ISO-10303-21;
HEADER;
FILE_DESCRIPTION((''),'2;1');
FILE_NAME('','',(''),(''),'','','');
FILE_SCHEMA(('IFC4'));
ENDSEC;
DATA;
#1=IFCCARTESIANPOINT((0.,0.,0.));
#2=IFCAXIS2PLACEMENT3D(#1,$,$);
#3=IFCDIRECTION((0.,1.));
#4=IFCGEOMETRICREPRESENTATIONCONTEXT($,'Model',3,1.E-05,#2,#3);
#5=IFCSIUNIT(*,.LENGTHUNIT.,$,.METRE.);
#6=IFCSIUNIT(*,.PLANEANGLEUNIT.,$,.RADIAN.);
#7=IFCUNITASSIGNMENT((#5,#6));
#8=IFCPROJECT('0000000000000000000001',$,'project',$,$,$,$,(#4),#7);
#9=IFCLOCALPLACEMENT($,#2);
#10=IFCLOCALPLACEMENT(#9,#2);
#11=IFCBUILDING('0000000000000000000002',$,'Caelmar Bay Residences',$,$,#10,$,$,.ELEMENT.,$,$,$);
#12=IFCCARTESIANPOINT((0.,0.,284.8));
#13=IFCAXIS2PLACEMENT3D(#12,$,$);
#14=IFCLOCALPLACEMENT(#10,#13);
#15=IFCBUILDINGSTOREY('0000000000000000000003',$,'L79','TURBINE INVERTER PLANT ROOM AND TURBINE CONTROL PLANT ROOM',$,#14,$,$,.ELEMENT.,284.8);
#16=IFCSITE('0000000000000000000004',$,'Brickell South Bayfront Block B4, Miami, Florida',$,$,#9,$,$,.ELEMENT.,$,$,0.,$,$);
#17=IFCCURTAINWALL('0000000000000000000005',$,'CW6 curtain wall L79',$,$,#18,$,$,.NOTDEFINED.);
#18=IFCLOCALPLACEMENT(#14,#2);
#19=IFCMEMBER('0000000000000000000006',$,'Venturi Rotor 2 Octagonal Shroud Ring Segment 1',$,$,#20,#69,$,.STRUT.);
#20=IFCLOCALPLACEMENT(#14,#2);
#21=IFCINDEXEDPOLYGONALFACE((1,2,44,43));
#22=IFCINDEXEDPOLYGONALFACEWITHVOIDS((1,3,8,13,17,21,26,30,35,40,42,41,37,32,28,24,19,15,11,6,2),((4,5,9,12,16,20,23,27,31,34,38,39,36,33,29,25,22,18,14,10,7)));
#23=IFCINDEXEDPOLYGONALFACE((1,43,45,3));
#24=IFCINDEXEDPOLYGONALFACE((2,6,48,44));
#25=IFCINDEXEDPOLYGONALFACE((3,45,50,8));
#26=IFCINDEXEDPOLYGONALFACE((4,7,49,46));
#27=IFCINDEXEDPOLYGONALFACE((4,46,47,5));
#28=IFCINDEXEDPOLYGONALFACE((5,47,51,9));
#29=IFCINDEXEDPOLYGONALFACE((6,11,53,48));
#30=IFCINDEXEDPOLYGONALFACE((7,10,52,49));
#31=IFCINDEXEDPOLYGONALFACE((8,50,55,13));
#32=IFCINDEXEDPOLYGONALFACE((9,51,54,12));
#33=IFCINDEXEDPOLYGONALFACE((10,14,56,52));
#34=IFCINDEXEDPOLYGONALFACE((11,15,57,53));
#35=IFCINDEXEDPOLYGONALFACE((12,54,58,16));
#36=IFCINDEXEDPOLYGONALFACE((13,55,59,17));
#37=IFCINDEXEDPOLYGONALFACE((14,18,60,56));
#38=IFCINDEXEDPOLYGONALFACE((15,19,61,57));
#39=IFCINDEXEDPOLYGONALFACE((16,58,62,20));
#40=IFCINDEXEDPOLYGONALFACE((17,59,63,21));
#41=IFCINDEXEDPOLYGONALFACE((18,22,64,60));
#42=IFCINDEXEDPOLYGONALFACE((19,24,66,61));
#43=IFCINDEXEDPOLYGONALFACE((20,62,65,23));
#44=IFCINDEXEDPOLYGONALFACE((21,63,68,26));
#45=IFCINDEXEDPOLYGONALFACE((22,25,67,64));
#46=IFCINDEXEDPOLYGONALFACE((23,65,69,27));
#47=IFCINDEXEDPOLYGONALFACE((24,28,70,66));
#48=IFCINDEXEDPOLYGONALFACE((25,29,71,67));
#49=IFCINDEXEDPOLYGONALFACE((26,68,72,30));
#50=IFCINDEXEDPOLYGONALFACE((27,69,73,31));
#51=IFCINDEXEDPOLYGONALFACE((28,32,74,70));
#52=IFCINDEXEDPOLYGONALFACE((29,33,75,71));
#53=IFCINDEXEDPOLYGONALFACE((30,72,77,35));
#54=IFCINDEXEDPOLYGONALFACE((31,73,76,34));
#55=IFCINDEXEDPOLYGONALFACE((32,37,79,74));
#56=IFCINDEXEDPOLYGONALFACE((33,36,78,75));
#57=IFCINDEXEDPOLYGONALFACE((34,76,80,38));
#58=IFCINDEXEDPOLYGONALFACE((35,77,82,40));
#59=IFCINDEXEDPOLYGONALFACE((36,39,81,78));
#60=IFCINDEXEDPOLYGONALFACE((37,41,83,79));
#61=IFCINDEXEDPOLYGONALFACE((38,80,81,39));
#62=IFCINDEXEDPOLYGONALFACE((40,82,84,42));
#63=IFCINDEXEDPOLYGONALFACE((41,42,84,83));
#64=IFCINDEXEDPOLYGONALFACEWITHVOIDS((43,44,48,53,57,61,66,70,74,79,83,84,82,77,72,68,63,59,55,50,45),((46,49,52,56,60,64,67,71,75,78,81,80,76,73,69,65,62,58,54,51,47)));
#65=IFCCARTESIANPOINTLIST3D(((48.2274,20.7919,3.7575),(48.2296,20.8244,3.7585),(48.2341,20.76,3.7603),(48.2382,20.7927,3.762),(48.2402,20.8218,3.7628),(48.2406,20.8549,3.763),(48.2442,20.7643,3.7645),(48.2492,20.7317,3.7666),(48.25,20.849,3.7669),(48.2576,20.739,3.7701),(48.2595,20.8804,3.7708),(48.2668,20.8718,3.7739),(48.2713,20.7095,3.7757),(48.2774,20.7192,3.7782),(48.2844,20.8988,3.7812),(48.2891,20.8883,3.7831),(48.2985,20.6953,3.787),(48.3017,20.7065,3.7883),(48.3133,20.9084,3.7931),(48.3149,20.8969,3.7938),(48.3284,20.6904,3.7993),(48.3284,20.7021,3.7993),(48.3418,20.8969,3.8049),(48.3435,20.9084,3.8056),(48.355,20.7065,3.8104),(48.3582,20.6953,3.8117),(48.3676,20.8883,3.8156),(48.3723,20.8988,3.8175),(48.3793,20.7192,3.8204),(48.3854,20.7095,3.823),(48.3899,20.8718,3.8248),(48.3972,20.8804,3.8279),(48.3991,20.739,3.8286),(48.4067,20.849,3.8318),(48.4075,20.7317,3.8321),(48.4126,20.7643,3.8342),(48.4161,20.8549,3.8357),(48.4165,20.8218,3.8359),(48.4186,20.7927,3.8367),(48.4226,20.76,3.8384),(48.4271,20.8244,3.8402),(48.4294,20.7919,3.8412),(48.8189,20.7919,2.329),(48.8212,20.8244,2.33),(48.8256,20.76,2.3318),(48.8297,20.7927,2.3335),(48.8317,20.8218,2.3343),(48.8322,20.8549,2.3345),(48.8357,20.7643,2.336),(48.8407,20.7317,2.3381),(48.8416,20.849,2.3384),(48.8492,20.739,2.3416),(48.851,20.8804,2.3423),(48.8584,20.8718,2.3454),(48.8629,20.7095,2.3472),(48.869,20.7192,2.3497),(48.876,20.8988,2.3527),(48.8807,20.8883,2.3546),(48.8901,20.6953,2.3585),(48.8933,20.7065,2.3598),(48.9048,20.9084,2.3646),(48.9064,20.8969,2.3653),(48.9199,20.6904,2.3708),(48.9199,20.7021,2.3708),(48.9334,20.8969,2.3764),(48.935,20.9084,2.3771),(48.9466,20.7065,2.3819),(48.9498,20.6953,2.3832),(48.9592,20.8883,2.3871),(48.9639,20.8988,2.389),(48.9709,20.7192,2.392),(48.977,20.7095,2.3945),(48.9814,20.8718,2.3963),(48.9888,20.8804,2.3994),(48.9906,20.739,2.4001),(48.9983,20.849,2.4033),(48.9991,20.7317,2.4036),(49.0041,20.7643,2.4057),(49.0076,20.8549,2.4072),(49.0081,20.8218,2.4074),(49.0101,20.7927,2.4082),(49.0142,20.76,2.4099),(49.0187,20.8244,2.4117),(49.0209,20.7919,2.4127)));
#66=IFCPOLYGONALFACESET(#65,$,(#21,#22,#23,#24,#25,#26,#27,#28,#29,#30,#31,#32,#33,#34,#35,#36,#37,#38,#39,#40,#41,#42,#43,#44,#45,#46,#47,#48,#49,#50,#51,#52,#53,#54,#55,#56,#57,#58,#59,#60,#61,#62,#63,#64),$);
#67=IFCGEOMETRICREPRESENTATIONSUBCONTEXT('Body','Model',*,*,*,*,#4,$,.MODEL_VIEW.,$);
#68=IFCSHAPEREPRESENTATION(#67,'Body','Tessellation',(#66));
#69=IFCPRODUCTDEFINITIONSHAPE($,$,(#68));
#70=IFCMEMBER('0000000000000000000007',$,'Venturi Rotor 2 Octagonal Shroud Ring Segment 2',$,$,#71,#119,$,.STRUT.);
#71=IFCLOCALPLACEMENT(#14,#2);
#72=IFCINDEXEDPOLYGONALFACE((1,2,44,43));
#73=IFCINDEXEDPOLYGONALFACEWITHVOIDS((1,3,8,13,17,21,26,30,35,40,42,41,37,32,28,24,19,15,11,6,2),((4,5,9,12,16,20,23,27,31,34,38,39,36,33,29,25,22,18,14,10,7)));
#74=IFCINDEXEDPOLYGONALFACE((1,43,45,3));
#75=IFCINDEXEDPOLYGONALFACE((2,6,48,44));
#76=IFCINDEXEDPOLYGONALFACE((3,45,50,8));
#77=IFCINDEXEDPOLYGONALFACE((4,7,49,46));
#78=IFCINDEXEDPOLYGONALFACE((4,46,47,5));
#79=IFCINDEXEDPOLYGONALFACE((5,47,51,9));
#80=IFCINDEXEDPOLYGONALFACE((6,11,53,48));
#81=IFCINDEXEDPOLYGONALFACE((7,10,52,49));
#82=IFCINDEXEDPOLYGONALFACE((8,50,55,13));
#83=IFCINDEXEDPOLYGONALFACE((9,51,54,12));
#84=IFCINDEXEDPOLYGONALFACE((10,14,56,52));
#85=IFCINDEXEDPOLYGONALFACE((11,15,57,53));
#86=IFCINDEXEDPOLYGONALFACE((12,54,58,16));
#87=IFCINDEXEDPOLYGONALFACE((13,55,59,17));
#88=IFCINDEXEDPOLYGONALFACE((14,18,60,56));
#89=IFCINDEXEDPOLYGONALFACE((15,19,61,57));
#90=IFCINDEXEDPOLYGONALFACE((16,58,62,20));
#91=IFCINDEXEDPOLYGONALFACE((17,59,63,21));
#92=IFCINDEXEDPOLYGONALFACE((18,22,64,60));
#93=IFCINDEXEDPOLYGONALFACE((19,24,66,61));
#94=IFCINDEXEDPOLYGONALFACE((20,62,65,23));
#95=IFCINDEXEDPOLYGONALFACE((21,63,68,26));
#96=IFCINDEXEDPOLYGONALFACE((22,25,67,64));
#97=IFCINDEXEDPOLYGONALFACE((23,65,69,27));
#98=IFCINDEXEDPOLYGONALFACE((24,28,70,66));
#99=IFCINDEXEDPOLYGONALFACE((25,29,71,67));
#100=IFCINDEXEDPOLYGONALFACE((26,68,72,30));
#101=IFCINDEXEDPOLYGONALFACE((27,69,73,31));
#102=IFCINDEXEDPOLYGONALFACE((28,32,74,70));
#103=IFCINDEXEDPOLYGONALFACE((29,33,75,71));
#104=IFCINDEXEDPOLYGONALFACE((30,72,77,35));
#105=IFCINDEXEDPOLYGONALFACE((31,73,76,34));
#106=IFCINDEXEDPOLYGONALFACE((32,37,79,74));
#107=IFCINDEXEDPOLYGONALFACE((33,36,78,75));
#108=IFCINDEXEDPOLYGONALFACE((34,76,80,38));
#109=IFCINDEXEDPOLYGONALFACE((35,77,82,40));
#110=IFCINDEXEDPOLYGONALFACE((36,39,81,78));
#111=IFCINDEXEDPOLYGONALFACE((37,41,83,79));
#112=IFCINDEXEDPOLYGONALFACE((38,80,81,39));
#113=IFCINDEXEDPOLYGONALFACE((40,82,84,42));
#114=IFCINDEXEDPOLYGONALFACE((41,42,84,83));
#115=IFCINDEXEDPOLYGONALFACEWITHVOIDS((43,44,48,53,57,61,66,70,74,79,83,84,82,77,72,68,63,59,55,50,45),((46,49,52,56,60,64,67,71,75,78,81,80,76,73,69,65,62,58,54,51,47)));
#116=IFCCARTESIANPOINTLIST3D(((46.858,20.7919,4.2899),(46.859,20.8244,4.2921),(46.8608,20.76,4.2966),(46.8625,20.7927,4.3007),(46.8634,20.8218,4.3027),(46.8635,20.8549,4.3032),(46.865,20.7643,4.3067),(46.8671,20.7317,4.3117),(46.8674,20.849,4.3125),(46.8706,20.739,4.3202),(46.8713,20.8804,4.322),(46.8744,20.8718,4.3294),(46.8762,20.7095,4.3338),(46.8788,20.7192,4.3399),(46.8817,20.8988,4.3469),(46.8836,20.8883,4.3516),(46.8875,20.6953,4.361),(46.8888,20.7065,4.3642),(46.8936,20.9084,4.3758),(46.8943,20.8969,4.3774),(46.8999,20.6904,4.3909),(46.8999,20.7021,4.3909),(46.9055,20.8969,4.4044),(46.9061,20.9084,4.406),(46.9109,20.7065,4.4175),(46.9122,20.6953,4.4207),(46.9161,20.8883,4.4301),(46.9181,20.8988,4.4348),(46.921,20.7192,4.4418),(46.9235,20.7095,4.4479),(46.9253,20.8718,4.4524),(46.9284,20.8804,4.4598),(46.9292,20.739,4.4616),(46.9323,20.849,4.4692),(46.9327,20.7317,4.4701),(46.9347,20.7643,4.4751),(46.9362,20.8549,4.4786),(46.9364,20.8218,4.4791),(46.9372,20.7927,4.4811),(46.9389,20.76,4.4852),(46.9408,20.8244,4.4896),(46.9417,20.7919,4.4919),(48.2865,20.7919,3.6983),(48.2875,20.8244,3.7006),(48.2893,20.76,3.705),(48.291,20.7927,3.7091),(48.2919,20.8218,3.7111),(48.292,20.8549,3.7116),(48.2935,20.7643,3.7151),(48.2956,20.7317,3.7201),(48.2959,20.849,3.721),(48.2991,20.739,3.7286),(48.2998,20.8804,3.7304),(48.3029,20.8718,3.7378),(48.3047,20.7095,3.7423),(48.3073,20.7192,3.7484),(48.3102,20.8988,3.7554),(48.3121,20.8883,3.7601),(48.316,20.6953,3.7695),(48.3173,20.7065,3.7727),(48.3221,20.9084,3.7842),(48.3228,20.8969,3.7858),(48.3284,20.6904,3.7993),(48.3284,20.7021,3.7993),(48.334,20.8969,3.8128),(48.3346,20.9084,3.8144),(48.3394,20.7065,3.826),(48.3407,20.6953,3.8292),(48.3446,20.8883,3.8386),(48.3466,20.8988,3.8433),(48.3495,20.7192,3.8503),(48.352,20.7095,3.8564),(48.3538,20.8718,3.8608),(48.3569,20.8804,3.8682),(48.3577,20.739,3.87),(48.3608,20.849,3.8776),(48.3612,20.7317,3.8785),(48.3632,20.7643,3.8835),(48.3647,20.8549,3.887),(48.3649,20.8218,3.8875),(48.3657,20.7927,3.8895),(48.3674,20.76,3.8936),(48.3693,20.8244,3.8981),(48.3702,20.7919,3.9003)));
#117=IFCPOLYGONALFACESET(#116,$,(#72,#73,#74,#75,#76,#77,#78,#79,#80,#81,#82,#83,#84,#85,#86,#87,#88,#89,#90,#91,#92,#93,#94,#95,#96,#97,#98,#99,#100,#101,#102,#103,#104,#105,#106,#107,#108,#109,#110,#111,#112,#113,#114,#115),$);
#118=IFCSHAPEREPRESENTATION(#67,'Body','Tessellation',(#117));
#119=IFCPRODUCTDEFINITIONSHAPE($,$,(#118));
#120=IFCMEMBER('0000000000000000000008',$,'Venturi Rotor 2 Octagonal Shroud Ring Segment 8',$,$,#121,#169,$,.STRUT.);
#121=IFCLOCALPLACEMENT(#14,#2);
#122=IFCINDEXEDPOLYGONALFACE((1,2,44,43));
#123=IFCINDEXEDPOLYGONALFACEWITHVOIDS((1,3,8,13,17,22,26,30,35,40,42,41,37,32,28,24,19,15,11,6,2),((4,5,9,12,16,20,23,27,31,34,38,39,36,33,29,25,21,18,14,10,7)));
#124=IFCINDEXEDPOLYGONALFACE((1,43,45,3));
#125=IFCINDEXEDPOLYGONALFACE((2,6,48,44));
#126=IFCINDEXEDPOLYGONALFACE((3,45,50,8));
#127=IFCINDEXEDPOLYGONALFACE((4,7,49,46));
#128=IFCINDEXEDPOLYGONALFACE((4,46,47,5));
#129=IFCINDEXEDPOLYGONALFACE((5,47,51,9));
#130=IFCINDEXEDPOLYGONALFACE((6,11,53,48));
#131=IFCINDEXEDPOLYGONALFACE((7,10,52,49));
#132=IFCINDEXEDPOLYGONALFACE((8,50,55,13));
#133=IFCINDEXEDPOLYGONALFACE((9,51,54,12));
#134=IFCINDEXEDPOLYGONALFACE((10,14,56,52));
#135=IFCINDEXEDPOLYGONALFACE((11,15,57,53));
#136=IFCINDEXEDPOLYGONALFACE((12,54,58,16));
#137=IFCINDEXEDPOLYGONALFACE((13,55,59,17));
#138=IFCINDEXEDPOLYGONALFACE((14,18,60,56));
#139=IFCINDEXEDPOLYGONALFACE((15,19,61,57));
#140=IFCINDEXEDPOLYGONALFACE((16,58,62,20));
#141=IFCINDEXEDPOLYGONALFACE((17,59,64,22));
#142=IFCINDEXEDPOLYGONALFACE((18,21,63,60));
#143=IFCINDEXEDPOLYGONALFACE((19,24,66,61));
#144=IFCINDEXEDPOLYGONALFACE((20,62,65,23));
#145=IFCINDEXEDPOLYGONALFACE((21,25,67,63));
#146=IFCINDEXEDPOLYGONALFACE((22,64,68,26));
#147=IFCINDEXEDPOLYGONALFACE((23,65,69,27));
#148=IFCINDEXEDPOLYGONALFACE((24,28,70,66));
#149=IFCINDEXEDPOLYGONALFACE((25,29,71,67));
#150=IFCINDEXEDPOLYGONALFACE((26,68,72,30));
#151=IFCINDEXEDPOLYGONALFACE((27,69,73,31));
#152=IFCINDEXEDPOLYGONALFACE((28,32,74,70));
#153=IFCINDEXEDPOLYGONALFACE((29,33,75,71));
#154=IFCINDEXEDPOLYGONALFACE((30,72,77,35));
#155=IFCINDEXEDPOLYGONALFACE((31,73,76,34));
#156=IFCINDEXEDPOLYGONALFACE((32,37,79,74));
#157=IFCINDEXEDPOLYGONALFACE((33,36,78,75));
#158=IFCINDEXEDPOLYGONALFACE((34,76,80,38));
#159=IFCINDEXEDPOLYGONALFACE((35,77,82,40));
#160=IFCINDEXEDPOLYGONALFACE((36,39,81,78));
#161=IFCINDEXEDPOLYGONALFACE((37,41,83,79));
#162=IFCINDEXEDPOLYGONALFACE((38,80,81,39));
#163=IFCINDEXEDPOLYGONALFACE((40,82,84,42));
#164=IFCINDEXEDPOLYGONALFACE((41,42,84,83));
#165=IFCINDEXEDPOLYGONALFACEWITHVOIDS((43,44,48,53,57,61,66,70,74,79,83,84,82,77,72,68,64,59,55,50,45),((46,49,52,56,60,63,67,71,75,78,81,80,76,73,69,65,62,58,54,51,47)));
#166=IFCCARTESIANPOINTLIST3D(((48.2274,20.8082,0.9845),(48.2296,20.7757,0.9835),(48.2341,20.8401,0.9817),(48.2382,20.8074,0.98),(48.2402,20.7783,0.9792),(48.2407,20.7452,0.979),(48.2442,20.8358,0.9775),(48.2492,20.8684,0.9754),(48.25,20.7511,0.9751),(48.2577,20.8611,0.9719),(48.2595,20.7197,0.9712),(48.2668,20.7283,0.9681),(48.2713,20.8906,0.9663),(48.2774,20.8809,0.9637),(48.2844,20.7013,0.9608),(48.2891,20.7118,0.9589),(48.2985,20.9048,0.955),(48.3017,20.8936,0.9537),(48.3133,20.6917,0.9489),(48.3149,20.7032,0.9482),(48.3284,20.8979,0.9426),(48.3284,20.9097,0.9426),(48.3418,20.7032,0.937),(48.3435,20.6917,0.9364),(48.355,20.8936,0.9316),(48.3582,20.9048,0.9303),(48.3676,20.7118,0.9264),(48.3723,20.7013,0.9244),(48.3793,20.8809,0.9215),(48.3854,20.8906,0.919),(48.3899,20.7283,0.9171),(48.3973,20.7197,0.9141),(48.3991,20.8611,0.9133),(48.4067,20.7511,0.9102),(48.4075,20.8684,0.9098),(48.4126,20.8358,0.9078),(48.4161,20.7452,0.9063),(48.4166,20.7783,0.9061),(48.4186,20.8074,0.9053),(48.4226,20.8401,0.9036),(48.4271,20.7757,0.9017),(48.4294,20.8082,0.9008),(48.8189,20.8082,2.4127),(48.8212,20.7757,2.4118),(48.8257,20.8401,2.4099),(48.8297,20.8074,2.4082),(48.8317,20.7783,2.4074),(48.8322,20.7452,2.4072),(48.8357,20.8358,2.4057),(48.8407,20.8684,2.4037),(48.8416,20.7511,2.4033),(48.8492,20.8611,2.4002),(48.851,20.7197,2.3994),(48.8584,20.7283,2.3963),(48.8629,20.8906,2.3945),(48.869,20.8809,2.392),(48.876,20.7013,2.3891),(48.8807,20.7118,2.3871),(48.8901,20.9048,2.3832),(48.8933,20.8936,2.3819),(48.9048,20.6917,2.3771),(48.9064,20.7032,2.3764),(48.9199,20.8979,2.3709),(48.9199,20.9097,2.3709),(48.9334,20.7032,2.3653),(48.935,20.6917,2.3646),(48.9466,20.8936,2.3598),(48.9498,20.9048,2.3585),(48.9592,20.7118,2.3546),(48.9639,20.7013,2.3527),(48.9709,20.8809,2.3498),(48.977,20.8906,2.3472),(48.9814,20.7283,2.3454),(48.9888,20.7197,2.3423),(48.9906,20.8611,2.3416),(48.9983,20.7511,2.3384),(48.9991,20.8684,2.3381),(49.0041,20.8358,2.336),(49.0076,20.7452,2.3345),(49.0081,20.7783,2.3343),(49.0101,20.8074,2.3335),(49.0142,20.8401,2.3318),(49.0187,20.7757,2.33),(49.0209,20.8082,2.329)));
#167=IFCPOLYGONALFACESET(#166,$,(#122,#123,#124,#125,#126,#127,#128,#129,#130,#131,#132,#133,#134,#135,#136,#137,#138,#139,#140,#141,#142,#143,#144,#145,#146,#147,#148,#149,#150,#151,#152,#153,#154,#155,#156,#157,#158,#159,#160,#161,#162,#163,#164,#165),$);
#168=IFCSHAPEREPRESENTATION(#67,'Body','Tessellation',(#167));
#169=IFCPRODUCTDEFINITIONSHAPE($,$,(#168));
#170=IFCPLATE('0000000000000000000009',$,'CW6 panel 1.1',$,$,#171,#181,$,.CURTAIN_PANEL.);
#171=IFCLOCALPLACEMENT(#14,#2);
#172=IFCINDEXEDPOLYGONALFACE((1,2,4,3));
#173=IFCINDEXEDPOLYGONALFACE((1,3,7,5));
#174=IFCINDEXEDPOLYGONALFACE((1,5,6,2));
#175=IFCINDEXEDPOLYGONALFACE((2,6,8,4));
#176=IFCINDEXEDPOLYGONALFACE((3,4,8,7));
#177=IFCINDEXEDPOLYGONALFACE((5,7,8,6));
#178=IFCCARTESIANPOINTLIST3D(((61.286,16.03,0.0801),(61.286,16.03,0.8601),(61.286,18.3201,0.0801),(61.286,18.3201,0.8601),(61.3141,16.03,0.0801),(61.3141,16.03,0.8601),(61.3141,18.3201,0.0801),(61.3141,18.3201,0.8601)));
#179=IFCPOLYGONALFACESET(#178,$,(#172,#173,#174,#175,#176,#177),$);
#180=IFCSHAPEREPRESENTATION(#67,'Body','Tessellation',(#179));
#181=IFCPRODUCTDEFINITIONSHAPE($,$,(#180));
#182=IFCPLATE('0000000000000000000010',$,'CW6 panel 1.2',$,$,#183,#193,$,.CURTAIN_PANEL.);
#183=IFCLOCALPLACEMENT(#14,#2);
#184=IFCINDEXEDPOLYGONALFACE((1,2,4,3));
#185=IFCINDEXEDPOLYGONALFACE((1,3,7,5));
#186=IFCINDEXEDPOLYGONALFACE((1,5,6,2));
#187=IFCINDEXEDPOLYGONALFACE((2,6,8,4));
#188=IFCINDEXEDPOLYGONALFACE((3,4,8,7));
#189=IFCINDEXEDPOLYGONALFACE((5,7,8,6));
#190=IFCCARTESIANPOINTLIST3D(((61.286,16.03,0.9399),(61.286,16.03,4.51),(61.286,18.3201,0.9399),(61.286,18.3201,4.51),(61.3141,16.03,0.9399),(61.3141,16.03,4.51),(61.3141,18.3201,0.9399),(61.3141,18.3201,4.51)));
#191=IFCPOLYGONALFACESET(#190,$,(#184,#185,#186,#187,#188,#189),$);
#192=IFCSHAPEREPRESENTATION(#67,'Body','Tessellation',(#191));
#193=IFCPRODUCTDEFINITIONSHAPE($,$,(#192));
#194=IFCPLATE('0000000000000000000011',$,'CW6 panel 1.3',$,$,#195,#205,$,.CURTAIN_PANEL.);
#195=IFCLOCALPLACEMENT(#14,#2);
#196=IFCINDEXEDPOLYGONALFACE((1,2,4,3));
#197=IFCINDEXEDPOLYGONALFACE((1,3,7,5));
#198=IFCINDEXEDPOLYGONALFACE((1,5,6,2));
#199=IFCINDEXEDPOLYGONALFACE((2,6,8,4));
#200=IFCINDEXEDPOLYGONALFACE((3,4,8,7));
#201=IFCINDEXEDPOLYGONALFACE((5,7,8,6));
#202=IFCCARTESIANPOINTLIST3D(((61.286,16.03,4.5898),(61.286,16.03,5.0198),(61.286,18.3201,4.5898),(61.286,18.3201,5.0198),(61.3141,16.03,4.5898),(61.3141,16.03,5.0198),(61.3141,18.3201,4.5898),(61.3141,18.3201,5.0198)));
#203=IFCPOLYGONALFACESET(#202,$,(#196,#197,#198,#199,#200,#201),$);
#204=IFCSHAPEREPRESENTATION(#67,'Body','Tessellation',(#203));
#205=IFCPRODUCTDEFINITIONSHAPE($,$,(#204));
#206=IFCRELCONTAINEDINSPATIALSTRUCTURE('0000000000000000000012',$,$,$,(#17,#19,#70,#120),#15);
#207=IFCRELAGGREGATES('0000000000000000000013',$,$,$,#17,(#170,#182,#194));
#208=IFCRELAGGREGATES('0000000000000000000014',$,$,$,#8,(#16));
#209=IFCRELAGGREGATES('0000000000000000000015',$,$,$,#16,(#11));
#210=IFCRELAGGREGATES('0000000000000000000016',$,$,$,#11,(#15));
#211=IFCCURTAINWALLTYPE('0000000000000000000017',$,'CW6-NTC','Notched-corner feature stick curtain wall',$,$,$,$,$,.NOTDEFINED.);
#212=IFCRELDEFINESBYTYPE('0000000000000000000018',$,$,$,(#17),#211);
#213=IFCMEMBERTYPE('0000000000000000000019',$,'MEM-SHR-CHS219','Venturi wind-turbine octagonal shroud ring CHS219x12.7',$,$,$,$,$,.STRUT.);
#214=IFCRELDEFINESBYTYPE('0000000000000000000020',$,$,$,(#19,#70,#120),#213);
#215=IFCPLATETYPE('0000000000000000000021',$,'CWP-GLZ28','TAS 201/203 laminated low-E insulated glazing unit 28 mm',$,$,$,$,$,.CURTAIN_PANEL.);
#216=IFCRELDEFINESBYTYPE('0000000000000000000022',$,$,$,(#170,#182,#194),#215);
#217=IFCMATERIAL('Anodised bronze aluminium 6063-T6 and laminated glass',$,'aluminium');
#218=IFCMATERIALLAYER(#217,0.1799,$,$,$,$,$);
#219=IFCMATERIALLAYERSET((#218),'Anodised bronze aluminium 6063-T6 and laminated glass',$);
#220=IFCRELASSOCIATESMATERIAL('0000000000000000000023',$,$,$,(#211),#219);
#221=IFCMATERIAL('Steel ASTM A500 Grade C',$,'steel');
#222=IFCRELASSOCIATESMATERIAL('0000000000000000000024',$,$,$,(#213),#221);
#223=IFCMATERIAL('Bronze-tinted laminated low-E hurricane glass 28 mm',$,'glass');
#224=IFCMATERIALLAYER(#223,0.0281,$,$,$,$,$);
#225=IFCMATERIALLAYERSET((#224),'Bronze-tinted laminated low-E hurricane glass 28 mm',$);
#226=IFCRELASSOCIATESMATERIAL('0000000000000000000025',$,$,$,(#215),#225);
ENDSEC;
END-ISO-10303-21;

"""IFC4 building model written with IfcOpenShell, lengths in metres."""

from ifc_helpers import new_model, si_unit, direction, frame, origin, origin_2d, place, context, subcontext, project, spatial, rectangle, hollow_circle, extrude, material, layer, layer_set, material_profile, profile_set, type_object, element, aggregate, save


model = new_model("IFC4")

# Units and contexts
model_context = context("Model", 3, precision=1e-05, world=origin(), true_north=direction((0.0, 1.0)))
body_context = subcontext(model_context, "Body", "Model", "MODEL_VIEW")
ifc_project = project(units=[si_unit("LENGTHUNIT", "METRE"), si_unit("PLANEANGLEUNIT", "RADIAN")], contexts=[model_context])

# Site, building, storey
site_placement = place(None, origin())
site = spatial("IfcSite", under=ifc_project, at=site_placement, Name="Brickell South Bayfront Block B4, Miami, Florida", CompositionType="ELEMENT", RefElevation=0.0)
building_placement = place(site_placement, origin())
building = spatial("IfcBuilding", under=site, at=building_placement, Name="Caelmar Bay Residences", CompositionType="ELEMENT")
storey_placement = place(building_placement, frame((0.0, 0.0, 284.8)))
storey = spatial("IfcBuildingStorey", under=building, at=storey_placement, Name="L79", Description="TURBINE INVERTER PLANT ROOM AND TURBINE CONTROL PLANT ROOM", CompositionType="ELEMENT", Elevation=284.8)

# Curtain wall
ifc_material_1 = material(Name="Anodised bronze aluminium 6063-T6 and laminated glass", Category="aluminium")
ifc_layer_1 = layer(ifc_material_1, 0.1799)
ifc_layer_set_1 = layer_set([ifc_layer_1], Name="Anodised bronze aluminium 6063-T6 and laminated glass")
curtain_wall_type_1 = type_object("IfcCurtainWallType", Name="CW6-NTC", Description="Notched-corner feature stick curtain wall", PredefinedType="NOTDEFINED", material=ifc_layer_set_1)
curtain_wall_1_placement = place(storey_placement, origin())
curtain_wall_1 = element("IfcCurtainWall", 1, at=curtain_wall_1_placement, inside=storey, type_object=curtain_wall_type_1, Name="CW6 curtain wall L79", PredefinedType="NOTDEFINED")

# Members
ifc_material_2 = material(Name="Steel ASTM A500 Grade C", Category="steel")
ifc_material_profile_1 = material_profile(ifc_material_2, hollow_circle(Radius=0.1096, WallThickness=0.0117, at=origin_2d()), Name="CHS219X12.7")
ifc_profile_set_1 = profile_set([ifc_material_profile_1], Name="Steel ASTM A500 Grade C")
member_type_1 = type_object("IfcMemberType", Name="MEM-SHR-CHS219", Description="Venturi wind-turbine octagonal shroud ring CHS219x12.7", PredefinedType="STRUT", material=ifc_profile_set_1)
for number, where, z_axis, x_axis, name in (
    (2, (48.9199, 20.8, 2.3708), (-0.382607, 0.0, 0.923911), (0.0, -1.0, 0.0), "Venturi Rotor 2 Octagonal Shroud Ring Segment 1"),
    (3, (48.3284, 20.8, 3.7993), (-0.923911, 0.0, 0.382607), (0.0, -1.0, 0.0), "Venturi Rotor 2 Octagonal Shroud Ring Segment 2"),
):
    element("IfcMember", number, at=place(storey_placement, frame(where, z_axis=z_axis, x_axis=x_axis)), inside=storey, type_object=member_type_1, Name=name, PredefinedType="STRUT", context=body_context, shape_type="SweptSolid", body=[
        extrude(hollow_circle(Radius=0.1096, WallThickness=0.0117, at=origin_2d()), origin(), (0.0, 0.0, 1.0), 1.5461),
    ])
member_1_placement = place(storey_placement, frame((48.3284, 20.8, 0.9426), z_axis=(0.382663, 0.0, 0.923888), x_axis=(0.0, 1.0, 0.0)))
element("IfcMember", 4, at=member_1_placement, inside=storey, type_object=member_type_1, Name="Venturi Rotor 2 Octagonal Shroud Ring Segment 8", PredefinedType="STRUT", context=body_context, shape_type="SweptSolid", body=[
    extrude(hollow_circle(Radius=0.1096, WallThickness=0.0117, at=origin_2d()), origin(), (0.0, 0.0, 1.0), 1.5459),
])

# Plates
ifc_material_3 = material(Name="Bronze-tinted laminated low-E hurricane glass 28 mm", Category="glass")
ifc_layer_2 = layer(ifc_material_3, 0.0281)
ifc_layer_set_2 = layer_set([ifc_layer_2], Name="Bronze-tinted laminated low-E hurricane glass 28 mm")
plate_type_1 = type_object("IfcPlateType", Name="CWP-GLZ28", Description="TAS 201/203 laminated low-E insulated glazing unit 28 mm", PredefinedType="CURTAIN_PANEL", material=ifc_layer_set_2)
plate_1_placement = place(storey_placement, frame((61.3, 17.175, 0.0801), z_axis=(0.0, 0.0, 1.0), x_axis=(0.0, 1.0, 0.0)))
plate_1 = element("IfcPlate", 5, at=plate_1_placement, type_object=plate_type_1, Name="CW6 panel 1.1", PredefinedType="CURTAIN_PANEL", context=body_context, shape_type="SweptSolid", body=[
    extrude(rectangle(XDim=2.29, YDim=0.0281, at=origin_2d()), origin(), (0.0, 0.0, 1.0), 0.78),
])
plate_2_placement = place(storey_placement, frame((61.3, 17.175, 0.9399), z_axis=(0.0, 0.0, 1.0), x_axis=(0.0, 1.0, 0.0)))
plate_2 = element("IfcPlate", 6, at=plate_2_placement, type_object=plate_type_1, Name="CW6 panel 1.2", PredefinedType="CURTAIN_PANEL", context=body_context, shape_type="SweptSolid", body=[
    extrude(rectangle(XDim=2.29, YDim=0.0281, at=origin_2d()), origin(), (0.0, 0.0, 1.0), 3.5701),
])
plate_3_placement = place(storey_placement, frame((61.3, 17.175, 4.5898), z_axis=(0.0, 0.0, 1.0), x_axis=(0.0, 1.0, 0.0)))
plate_3 = element("IfcPlate", 7, at=plate_3_placement, type_object=plate_type_1, Name="CW6 panel 1.3", PredefinedType="CURTAIN_PANEL", context=body_context, shape_type="SweptSolid", body=[
    extrude(rectangle(XDim=2.29, YDim=0.0281, at=origin_2d()), origin(), (0.0, 0.0, 1.0), 0.4299),
])
aggregate(curtain_wall_1, [plate_1, plate_2, plate_3])

save(model, "model.ifc")
